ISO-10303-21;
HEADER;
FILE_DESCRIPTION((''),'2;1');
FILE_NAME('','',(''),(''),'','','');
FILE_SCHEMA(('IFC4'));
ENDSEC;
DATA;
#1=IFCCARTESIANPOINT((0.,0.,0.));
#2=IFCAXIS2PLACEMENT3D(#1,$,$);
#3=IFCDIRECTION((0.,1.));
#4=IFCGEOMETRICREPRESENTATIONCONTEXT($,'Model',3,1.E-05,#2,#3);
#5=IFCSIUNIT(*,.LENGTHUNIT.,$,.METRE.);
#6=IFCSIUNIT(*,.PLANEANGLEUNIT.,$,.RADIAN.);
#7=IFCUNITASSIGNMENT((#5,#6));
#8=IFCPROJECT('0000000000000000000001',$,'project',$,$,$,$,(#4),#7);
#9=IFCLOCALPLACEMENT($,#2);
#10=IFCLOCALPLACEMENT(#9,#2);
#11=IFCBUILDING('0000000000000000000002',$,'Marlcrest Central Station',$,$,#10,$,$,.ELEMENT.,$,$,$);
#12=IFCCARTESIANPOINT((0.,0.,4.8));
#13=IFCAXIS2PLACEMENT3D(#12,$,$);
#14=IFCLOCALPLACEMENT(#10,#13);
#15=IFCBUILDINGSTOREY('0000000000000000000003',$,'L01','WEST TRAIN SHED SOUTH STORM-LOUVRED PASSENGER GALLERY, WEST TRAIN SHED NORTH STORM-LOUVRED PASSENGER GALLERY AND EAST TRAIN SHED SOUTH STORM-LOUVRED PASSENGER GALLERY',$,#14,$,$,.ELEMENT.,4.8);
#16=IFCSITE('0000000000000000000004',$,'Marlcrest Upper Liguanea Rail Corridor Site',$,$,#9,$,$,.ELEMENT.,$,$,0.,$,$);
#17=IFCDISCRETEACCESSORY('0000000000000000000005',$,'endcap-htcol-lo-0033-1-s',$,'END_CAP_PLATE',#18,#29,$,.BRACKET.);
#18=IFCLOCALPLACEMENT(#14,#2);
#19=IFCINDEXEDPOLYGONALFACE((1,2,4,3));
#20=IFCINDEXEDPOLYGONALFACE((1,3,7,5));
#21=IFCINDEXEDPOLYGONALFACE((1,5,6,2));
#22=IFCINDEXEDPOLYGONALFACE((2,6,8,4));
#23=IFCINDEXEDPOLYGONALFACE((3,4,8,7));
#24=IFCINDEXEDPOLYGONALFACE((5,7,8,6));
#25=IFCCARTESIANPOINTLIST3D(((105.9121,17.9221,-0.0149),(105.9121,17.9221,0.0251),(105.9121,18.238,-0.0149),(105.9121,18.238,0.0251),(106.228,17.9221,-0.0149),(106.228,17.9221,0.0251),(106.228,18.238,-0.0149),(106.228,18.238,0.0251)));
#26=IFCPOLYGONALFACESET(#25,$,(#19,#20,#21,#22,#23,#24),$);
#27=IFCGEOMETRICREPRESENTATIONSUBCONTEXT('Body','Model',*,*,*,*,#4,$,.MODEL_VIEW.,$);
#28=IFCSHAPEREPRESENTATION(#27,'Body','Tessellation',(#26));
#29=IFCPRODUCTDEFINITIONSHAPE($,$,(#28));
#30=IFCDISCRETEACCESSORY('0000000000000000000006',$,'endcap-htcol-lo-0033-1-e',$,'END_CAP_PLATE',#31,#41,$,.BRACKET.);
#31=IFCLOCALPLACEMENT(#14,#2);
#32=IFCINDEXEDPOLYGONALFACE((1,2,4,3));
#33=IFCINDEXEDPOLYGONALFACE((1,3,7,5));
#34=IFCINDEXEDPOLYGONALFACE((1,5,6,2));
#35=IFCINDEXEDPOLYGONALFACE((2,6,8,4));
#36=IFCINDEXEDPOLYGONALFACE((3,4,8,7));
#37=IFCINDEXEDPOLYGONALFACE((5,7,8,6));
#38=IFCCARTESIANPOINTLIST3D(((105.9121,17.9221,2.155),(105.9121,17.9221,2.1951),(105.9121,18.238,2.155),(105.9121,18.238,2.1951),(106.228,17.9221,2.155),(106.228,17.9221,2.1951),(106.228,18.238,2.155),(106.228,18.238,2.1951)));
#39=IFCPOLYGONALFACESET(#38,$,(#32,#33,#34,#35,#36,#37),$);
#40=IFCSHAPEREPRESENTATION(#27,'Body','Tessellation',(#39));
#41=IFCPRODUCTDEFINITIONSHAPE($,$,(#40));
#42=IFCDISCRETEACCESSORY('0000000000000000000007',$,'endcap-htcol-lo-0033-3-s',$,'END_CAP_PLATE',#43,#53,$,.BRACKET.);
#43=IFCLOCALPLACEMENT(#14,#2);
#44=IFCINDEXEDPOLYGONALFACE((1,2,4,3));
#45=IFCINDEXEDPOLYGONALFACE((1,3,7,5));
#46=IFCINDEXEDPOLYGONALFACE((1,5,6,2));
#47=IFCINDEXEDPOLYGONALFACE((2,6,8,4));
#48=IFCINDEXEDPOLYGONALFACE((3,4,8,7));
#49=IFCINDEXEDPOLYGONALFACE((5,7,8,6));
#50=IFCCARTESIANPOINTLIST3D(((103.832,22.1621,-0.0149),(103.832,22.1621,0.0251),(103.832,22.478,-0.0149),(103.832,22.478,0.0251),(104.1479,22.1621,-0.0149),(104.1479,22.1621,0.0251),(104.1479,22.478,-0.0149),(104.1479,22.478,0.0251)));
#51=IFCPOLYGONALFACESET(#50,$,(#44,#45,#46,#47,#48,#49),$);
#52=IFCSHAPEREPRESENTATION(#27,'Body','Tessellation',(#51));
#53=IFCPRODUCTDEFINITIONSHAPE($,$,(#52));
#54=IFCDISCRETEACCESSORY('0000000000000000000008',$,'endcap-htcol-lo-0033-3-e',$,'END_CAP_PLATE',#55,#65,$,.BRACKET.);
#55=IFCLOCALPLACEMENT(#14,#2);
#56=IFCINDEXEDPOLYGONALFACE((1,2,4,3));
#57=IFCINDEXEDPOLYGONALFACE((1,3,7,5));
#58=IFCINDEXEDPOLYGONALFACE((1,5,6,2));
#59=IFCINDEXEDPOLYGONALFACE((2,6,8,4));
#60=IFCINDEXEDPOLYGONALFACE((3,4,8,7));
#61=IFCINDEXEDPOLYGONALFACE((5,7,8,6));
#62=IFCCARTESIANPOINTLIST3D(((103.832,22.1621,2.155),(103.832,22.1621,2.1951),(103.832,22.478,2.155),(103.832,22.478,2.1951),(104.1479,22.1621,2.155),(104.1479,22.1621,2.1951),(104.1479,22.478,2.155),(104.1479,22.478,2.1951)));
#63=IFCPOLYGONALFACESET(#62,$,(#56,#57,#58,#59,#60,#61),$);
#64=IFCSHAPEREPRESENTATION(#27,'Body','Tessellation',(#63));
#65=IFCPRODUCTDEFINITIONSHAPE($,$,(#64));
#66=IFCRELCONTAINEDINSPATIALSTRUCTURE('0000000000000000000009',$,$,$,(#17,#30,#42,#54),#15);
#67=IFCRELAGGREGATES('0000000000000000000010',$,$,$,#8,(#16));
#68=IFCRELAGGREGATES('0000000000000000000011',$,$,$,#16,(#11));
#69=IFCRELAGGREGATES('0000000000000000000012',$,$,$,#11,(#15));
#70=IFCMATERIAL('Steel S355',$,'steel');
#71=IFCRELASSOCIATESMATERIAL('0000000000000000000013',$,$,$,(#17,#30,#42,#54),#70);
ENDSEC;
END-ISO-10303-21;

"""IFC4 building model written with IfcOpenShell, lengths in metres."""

from ifc_helpers import new_model, si_unit, direction, frame, origin, origin_2d, place, context, subcontext, project, spatial, rectangle, extrude, material, element, save


model = new_model("IFC4")

# Units and contexts
model_context = context("Model", 3, precision=1e-05, world=origin(), true_north=direction((0.0, 1.0)))
body_context = subcontext(model_context, "Body", "Model", "MODEL_VIEW")
ifc_project = project(units=[si_unit("LENGTHUNIT", "METRE"), si_unit("PLANEANGLEUNIT", "RADIAN")], contexts=[model_context])

# Site, building, storey
site_placement = place(None, origin())
site = spatial("IfcSite", under=ifc_project, at=site_placement, Name="Marlcrest Upper Liguanea Rail Corridor Site", CompositionType="ELEMENT", RefElevation=0.0)
building_placement = place(site_placement, origin())
building = spatial("IfcBuilding", under=site, at=building_placement, Name="Marlcrest Central Station", CompositionType="ELEMENT")
storey_placement = place(building_placement, frame((0.0, 0.0, 4.8)))
storey = spatial("IfcBuildingStorey", under=building, at=storey_placement, Name="L01", Description="WEST TRAIN SHED SOUTH STORM-LOUVRED PASSENGER GALLERY, WEST TRAIN SHED NORTH STORM-LOUVRED PASSENGER GALLERY AND EAST TRAIN SHED SOUTH STORM-LOUVRED PASSENGER GALLERY", CompositionType="ELEMENT", Elevation=4.8)

# Shared definitions
ifc_material_1 = material(Name="Steel S355", Category="steel")

# Discrete accessories
for number, where, z_axis, x_axis, name in (
    (1, (106.0701, 18.0801, -0.0149), (0.0, 0.0, 1.0), (1.0, 0.0, 0.0), "endcap-htcol-lo-0033-1-s"),
    (2, (106.0701, 18.0801, 2.155), (0.0, 0.0, 1.0), (1.0, 0.0, 0.0), "endcap-htcol-lo-0033-1-e"),
    (3, (103.99, 22.3201, -0.0149), (0.0, 0.0, 1.0), (1.0, 0.0, 0.0), "endcap-htcol-lo-0033-3-s"),
    (4, (103.99, 22.3201, 2.155), (0.0, 0.0, 1.0), (1.0, 0.0, 0.0), "endcap-htcol-lo-0033-3-e"),
):
    element("IfcDiscreteAccessory", number, at=place(storey_placement, frame(where, z_axis=z_axis, x_axis=x_axis)), inside=storey, material=ifc_material_1, Name=name, ObjectType="END_CAP_PLATE", PredefinedType="BRACKET", context=body_context, shape_type="SweptSolid", body=[
        extrude(rectangle(XDim=0.3159, YDim=0.3159, at=origin_2d()), origin(), (0.0, 0.0, 1.0), 0.04),
    ])

save(model, "model.ifc")
